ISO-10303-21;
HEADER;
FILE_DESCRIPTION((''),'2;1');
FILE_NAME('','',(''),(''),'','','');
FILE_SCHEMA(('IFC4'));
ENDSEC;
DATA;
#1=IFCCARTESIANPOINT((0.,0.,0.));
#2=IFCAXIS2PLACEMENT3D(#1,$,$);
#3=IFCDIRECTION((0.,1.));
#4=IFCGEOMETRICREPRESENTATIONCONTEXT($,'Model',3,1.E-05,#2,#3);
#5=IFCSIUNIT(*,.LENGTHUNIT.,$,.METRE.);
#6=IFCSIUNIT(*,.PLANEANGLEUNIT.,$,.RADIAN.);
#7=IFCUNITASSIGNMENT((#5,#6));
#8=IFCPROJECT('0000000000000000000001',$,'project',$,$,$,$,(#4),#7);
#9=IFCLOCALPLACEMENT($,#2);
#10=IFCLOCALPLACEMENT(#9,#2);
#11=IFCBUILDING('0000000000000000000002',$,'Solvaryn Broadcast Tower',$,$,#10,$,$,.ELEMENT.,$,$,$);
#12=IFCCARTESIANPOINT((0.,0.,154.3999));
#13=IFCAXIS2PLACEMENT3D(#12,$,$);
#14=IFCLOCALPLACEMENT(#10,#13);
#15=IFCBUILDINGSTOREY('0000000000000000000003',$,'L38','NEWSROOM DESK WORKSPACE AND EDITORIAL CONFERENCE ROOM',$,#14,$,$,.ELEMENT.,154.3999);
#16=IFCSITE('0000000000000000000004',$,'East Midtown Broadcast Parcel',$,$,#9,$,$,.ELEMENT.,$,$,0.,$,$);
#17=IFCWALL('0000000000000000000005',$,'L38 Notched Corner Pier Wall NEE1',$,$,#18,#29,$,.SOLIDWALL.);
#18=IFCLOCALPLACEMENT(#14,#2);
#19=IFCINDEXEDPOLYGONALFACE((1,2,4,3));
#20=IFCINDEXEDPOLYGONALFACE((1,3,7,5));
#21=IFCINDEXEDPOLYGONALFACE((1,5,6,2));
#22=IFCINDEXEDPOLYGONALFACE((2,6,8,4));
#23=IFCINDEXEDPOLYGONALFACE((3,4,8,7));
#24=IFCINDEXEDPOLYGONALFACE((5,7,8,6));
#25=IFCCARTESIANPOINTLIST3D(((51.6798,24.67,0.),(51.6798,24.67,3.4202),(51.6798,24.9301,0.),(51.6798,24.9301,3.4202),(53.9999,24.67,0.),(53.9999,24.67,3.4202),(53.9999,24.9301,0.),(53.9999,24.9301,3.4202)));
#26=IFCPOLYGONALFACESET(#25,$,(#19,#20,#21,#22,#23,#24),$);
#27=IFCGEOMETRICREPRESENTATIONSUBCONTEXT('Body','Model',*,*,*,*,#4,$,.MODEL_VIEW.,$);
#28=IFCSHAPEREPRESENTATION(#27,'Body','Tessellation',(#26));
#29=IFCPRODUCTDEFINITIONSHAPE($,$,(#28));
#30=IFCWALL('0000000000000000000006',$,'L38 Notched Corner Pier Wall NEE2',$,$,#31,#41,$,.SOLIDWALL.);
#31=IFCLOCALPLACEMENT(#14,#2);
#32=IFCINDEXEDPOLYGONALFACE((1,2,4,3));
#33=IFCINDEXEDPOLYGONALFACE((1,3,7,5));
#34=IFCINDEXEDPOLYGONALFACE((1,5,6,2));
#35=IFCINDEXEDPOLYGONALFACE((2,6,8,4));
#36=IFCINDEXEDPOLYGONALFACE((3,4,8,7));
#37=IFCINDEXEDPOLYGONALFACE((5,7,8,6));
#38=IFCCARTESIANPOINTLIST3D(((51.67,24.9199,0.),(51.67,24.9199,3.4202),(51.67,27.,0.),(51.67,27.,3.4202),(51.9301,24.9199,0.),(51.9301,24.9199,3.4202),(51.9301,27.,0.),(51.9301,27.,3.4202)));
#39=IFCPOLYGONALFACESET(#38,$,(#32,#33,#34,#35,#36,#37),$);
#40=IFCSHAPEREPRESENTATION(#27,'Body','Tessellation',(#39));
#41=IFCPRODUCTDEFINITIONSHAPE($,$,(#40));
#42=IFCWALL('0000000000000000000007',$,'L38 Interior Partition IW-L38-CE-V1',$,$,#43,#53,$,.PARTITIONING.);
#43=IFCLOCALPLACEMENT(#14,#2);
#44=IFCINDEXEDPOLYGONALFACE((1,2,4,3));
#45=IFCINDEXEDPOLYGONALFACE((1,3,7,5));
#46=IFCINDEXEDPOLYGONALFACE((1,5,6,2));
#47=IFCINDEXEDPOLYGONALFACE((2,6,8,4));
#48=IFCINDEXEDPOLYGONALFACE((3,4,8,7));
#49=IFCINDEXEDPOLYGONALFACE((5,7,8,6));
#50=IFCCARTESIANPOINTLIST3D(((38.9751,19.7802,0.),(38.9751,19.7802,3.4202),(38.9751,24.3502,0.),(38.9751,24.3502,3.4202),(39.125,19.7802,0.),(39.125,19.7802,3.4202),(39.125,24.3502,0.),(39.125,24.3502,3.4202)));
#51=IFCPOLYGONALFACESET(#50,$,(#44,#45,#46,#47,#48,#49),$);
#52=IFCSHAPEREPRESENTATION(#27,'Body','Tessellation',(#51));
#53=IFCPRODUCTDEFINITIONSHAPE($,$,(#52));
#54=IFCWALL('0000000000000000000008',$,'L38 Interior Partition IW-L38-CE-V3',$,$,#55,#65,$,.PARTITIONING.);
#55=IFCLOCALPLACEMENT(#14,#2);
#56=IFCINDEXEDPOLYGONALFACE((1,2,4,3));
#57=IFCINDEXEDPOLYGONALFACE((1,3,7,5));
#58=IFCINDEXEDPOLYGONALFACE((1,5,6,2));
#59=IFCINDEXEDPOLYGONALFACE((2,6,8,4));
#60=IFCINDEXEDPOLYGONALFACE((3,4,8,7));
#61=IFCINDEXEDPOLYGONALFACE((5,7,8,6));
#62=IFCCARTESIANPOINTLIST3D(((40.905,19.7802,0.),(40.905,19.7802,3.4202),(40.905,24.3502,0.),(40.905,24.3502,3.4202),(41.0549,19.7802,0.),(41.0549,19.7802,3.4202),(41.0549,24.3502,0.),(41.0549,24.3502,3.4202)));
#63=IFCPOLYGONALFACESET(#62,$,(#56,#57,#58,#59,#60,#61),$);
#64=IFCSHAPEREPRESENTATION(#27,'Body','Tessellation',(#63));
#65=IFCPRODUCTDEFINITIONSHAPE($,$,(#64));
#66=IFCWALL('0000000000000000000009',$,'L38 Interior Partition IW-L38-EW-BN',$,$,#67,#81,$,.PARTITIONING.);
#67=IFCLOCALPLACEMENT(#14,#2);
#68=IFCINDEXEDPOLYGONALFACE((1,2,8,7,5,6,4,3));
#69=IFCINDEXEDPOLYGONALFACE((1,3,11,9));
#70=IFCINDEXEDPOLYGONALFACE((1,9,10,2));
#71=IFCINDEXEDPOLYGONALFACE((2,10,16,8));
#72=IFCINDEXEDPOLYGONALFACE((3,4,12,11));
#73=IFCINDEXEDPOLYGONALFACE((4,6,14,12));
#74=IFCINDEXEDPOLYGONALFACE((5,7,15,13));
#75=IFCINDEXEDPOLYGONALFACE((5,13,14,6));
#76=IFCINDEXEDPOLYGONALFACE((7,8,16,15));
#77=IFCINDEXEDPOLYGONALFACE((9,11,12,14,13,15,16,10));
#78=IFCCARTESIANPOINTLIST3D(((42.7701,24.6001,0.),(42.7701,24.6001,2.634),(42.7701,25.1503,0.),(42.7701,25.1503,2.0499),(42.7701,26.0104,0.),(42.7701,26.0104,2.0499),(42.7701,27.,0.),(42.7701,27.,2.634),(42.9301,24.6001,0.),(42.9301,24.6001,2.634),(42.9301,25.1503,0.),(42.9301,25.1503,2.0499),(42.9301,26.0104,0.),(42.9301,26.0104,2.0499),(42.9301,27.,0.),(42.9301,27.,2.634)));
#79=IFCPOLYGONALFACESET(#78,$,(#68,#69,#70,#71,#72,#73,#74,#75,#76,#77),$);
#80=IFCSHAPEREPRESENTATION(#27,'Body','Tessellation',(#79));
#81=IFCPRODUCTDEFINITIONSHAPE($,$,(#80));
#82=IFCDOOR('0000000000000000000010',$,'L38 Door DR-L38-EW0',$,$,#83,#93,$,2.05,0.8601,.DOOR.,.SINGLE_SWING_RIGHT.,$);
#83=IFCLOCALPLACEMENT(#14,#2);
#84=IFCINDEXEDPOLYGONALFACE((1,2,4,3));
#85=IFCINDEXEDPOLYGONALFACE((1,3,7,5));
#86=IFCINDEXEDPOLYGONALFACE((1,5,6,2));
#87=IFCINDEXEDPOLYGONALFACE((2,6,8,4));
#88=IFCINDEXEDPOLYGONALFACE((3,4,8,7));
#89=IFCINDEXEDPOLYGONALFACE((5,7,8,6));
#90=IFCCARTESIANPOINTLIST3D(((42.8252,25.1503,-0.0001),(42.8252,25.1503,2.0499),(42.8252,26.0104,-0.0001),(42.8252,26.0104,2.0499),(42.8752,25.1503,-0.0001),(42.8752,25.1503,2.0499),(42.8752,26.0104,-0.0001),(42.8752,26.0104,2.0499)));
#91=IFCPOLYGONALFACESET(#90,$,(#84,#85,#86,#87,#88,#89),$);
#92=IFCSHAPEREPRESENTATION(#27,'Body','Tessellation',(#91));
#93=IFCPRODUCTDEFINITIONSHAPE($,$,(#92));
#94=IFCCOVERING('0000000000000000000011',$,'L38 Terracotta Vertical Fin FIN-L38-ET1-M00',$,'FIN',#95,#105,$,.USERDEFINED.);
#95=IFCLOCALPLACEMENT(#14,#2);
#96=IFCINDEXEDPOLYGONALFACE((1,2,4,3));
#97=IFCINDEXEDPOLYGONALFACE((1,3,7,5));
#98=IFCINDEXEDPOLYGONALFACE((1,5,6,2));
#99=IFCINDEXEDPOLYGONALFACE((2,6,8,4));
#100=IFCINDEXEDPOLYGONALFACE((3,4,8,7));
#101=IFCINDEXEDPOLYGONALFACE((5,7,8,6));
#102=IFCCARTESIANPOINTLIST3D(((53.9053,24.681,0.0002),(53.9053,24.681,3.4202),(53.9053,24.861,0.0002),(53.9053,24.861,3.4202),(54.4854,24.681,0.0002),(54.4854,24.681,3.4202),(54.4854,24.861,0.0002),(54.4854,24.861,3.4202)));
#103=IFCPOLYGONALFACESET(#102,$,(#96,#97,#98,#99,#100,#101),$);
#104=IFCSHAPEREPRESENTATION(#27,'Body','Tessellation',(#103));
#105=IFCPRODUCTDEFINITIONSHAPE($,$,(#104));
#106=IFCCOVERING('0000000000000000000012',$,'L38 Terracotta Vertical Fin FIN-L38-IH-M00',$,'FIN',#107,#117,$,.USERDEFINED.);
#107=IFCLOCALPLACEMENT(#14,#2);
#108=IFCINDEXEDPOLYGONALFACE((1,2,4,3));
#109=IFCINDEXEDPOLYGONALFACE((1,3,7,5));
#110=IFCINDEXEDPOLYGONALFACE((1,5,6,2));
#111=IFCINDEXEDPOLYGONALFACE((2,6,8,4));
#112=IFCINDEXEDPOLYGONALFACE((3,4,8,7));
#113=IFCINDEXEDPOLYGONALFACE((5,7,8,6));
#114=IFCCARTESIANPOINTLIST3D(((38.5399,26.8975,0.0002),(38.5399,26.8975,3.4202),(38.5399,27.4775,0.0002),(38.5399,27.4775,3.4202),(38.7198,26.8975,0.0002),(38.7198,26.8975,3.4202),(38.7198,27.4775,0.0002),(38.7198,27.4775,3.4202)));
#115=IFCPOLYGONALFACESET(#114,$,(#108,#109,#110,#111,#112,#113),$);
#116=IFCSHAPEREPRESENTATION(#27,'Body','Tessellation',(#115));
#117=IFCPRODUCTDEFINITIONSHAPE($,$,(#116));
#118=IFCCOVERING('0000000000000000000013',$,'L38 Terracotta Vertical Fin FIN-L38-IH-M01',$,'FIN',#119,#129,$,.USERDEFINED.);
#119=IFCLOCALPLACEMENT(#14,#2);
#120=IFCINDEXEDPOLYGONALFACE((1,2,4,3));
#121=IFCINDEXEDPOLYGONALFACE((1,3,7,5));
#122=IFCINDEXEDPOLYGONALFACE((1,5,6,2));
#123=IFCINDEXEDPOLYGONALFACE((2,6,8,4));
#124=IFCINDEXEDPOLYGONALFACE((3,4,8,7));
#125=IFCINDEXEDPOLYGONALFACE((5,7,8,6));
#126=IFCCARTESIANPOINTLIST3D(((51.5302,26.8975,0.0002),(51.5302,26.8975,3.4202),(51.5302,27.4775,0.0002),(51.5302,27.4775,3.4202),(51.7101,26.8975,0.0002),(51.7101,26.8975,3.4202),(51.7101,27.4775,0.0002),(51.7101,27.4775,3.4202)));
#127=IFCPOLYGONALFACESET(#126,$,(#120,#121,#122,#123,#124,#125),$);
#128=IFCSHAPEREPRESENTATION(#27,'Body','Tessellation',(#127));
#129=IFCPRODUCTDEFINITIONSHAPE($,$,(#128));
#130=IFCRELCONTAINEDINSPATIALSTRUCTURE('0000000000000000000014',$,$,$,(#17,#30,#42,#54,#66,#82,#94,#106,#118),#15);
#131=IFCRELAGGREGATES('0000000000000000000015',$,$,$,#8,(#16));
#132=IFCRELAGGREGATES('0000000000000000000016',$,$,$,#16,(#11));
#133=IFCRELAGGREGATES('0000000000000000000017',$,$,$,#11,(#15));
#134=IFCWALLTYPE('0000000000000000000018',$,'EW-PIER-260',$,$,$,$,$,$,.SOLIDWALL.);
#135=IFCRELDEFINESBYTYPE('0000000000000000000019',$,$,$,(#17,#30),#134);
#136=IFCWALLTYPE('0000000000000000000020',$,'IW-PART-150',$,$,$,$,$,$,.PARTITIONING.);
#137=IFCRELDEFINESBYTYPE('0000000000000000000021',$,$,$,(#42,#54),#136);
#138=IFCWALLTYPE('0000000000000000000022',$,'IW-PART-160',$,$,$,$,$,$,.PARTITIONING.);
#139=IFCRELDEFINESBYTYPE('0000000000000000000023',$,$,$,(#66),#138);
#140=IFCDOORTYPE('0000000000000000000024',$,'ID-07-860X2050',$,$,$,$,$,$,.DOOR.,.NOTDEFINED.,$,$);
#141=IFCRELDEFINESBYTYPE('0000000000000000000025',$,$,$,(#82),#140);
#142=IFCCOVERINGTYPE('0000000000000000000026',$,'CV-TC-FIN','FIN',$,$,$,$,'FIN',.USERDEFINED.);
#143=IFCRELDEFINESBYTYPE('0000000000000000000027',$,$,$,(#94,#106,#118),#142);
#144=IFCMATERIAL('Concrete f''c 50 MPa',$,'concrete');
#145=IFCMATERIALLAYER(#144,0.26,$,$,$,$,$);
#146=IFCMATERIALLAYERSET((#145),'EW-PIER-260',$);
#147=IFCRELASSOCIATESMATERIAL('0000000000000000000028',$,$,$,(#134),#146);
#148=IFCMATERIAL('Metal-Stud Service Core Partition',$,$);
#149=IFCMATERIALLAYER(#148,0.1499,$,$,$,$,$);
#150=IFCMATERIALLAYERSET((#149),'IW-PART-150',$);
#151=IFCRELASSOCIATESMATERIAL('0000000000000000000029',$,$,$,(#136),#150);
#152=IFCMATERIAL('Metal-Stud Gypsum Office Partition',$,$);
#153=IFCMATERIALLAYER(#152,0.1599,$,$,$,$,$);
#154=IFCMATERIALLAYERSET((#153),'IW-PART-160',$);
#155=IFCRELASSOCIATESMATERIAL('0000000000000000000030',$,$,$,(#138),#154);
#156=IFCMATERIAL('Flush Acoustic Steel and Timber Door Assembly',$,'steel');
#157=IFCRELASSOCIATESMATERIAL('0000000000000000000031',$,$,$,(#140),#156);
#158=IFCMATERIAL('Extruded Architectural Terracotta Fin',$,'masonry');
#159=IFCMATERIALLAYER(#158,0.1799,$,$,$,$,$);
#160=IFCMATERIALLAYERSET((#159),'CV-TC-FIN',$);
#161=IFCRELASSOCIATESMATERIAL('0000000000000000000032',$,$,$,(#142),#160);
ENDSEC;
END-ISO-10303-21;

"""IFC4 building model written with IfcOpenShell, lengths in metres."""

from ifc_helpers import new_model, si_unit, direction, frame, frame_2d, origin, origin_2d, place, context, subcontext, project, spatial, rectangle, extrude, material, layer, layer_set, type_object, element, fill, save


model = new_model("IFC4")

# Units and contexts
model_context = context("Model", 3, precision=1e-05, world=origin(), true_north=direction((0.0, 1.0)))
body_context = subcontext(model_context, "Body", "Model", "MODEL_VIEW")
ifc_project = project(units=[si_unit("LENGTHUNIT", "METRE"), si_unit("PLANEANGLEUNIT", "RADIAN")], contexts=[model_context])

# Site, building, storey
site_placement = place(None, origin())
site = spatial("IfcSite", under=ifc_project, at=site_placement, Name="East Midtown Broadcast Parcel", CompositionType="ELEMENT", RefElevation=0.0)
building_placement = place(site_placement, origin())
building = spatial("IfcBuilding", under=site, at=building_placement, Name="Solvaryn Broadcast Tower", CompositionType="ELEMENT")
storey_placement = place(building_placement, frame((0.0, 0.0, 154.3999)))
storey = spatial("IfcBuildingStorey", under=building, at=storey_placement, Name="L38", Description="NEWSROOM DESK WORKSPACE AND EDITORIAL CONFERENCE ROOM", CompositionType="ELEMENT", Elevation=154.3999)

# Walls
ifc_material_1 = material(Name="Concrete f'c 50 MPa", Category="concrete")
ifc_layer_1 = layer(ifc_material_1, 0.26)
ifc_layer_set_1 = layer_set([ifc_layer_1], Name="EW-PIER-260")
wall_type_1 = type_object("IfcWallType", Name="EW-PIER-260", PredefinedType="SOLIDWALL", material=ifc_layer_set_1)
wall_1_placement = place(storey_placement, frame((54.0, 24.8, 0.0), z_axis=(0.0, 0.0, 1.0), x_axis=(-1.0, 0.0, 0.0)))
element("IfcWall", 1, at=wall_1_placement, inside=storey, type_object=wall_type_1, Name="L38 Notched Corner Pier Wall NEE1", PredefinedType="SOLIDWALL", context=body_context, shape_type="SweptSolid", body=[
    extrude(rectangle(XDim=2.3201, YDim=0.26, at=frame_2d((1.1602, 0.0))), origin(), (0.0, 0.0, 1.0), 3.4202),
])
wall_2_placement = place(storey_placement, frame((51.8, 24.9199, 0.0), z_axis=(0.0, 0.0, 1.0), x_axis=(0.0, 1.0, 0.0)))
element("IfcWall", 2, at=wall_2_placement, inside=storey, type_object=wall_type_1, Name="L38 Notched Corner Pier Wall NEE2", PredefinedType="SOLIDWALL", context=body_context, shape_type="SweptSolid", body=[
    extrude(rectangle(XDim=2.0801, YDim=0.26, at=frame_2d((1.04, 0.0))), origin(), (0.0, 0.0, 1.0), 3.4202),
])
ifc_material_2 = material(Name="Metal-Stud Service Core Partition")
ifc_layer_2 = layer(ifc_material_2, 0.1499)
ifc_layer_set_2 = layer_set([ifc_layer_2], Name="IW-PART-150")
wall_type_2 = type_object("IfcWallType", Name="IW-PART-150", PredefinedType="PARTITIONING", material=ifc_layer_set_2)
for number, where, z_axis, x_axis, name in (
    (3, (39.05, 19.78, 0.0), (0.0, 0.0, 1.0), (0.0, 1.0, 0.0), "L38 Interior Partition IW-L38-CE-V1"),
    (4, (40.98, 19.78, 0.0), (0.0, 0.0, 1.0), (0.0, 1.0, 0.0), "L38 Interior Partition IW-L38-CE-V3"),
):
    element("IfcWall", number, at=place(storey_placement, frame(where, z_axis=z_axis, x_axis=x_axis)), inside=storey, type_object=wall_type_2, Name=name, PredefinedType="PARTITIONING", context=body_context, shape_type="SweptSolid", body=[
        extrude(rectangle(XDim=4.5701, YDim=0.1499, at=frame_2d((2.2852, 0.0))), origin(), (0.0, 0.0, 1.0), 3.4202),
    ])

# Wall, opening, door
ifc_material_3 = material(Name="Metal-Stud Gypsum Office Partition")
ifc_layer_3 = layer(ifc_material_3, 0.1599)
ifc_layer_set_3 = layer_set([ifc_layer_3], Name="IW-PART-160")
wall_type_3 = type_object("IfcWallType", Name="IW-PART-160", PredefinedType="PARTITIONING", material=ifc_layer_set_3)
wall_3_placement = place(storey_placement, frame((42.8501, 24.6001, 0.0), z_axis=(0.0, 0.0, 1.0), x_axis=(0.0, 1.0, 0.0)))
wall_3 = element("IfcWall", 5, at=wall_3_placement, inside=storey, type_object=wall_type_3, Name="L38 Interior Partition IW-L38-EW-BN", PredefinedType="PARTITIONING", context=body_context, shape_type="SweptSolid", body=[
    extrude(rectangle(XDim=2.3999, YDim=0.1599, at=frame_2d((1.2, 0.0))), origin(), (0.0, 0.0, 1.0), 2.634),
])
opening_1_placement = place(wall_3_placement, frame((0.55, 0.0, 0.0)))
opening_1 = element("IfcOpeningElement", 6, at=opening_1_placement, cuts=wall_3, PredefinedType="OPENING", context=body_context, shape_type="SweptSolid", body=[
    extrude(rectangle(XDim=0.8601, YDim=2.05, at=frame_2d((0.4302, 1.0249))), frame((0.0, 0.0901, 0.0), z_axis=(0.0, -1.0, 0.0), x_axis=(1.0, 0.0, 0.0)), (0.0, 0.0, 1.0), 0.1799),
])
ifc_material_4 = material(Name="Flush Acoustic Steel and Timber Door Assembly", Category="steel")
door_type_1 = type_object("IfcDoorType", Name="ID-07-860X2050", OperationType="NOTDEFINED", PredefinedType="DOOR", material=ifc_material_4)
door_1_placement = place(opening_1_placement, origin())
door_1 = element("IfcDoor", 7, at=door_1_placement, inside=storey, type_object=door_type_1, Name="L38 Door DR-L38-EW0", OperationType="SINGLE_SWING_RIGHT", OverallHeight=2.05, OverallWidth=0.8601, PredefinedType="DOOR", context=body_context, shape_type="SweptSolid", body=[
    extrude(rectangle(XDim=0.8601, YDim=2.05, at=frame_2d((0.4302, 1.0249))), frame((0.0, 0.0249, 0.0), z_axis=(0.0, -1.0, 0.0), x_axis=(1.0, 0.0, 0.0)), (0.0, 0.0, 1.0), 0.05),
])
fill(opening_1, door_1)

# Coverings
ifc_material_5 = material(Name="Extruded Architectural Terracotta Fin", Category="masonry")
ifc_layer_4 = layer(ifc_material_5, 0.1799)
ifc_layer_set_4 = layer_set([ifc_layer_4], Name="CV-TC-FIN")
covering_type = type_object("IfcCoveringType", Name="CV-TC-FIN", Description="FIN", ElementType="FIN", PredefinedType="USERDEFINED", material=ifc_layer_set_4)
covering_placement = place(storey_placement, frame((54.1953, 24.771, 0.0002), z_axis=(0.0, 0.0, 1.0), x_axis=(1.0, 0.0, 0.0)))
element("IfcCovering", 8, at=covering_placement, inside=storey, type_object=covering_type, Name="L38 Terracotta Vertical Fin FIN-L38-ET1-M00", ObjectType="FIN", PredefinedType="USERDEFINED", context=body_context, shape_type="SweptSolid", body=[
    extrude(rectangle(XDim=0.5801, YDim=0.1799, at=origin_2d()), origin(), (0.0, 0.0, 1.0), 3.4199),
])
for number, where, z_axis, x_axis, name in (
    (9, (38.6299, 27.1875, 0.0002), (0.0, 0.0, 1.0), (1.0, 0.0, 0.0), "L38 Terracotta Vertical Fin FIN-L38-IH-M00"),
    (10, (51.6201, 27.1875, 0.0002), (0.0, 0.0, 1.0), (1.0, 0.0, 0.0), "L38 Terracotta Vertical Fin FIN-L38-IH-M01"),
):
    element("IfcCovering", number, at=place(storey_placement, frame(where, z_axis=z_axis, x_axis=x_axis)), inside=storey, type_object=covering_type, Name=name, ObjectType="FIN", PredefinedType="USERDEFINED", context=body_context, shape_type="SweptSolid", body=[
        extrude(rectangle(XDim=0.1799, YDim=0.5801, at=origin_2d()), origin(), (0.0, 0.0, 1.0), 3.4199),
    ])

save(model, "model.ifc")
